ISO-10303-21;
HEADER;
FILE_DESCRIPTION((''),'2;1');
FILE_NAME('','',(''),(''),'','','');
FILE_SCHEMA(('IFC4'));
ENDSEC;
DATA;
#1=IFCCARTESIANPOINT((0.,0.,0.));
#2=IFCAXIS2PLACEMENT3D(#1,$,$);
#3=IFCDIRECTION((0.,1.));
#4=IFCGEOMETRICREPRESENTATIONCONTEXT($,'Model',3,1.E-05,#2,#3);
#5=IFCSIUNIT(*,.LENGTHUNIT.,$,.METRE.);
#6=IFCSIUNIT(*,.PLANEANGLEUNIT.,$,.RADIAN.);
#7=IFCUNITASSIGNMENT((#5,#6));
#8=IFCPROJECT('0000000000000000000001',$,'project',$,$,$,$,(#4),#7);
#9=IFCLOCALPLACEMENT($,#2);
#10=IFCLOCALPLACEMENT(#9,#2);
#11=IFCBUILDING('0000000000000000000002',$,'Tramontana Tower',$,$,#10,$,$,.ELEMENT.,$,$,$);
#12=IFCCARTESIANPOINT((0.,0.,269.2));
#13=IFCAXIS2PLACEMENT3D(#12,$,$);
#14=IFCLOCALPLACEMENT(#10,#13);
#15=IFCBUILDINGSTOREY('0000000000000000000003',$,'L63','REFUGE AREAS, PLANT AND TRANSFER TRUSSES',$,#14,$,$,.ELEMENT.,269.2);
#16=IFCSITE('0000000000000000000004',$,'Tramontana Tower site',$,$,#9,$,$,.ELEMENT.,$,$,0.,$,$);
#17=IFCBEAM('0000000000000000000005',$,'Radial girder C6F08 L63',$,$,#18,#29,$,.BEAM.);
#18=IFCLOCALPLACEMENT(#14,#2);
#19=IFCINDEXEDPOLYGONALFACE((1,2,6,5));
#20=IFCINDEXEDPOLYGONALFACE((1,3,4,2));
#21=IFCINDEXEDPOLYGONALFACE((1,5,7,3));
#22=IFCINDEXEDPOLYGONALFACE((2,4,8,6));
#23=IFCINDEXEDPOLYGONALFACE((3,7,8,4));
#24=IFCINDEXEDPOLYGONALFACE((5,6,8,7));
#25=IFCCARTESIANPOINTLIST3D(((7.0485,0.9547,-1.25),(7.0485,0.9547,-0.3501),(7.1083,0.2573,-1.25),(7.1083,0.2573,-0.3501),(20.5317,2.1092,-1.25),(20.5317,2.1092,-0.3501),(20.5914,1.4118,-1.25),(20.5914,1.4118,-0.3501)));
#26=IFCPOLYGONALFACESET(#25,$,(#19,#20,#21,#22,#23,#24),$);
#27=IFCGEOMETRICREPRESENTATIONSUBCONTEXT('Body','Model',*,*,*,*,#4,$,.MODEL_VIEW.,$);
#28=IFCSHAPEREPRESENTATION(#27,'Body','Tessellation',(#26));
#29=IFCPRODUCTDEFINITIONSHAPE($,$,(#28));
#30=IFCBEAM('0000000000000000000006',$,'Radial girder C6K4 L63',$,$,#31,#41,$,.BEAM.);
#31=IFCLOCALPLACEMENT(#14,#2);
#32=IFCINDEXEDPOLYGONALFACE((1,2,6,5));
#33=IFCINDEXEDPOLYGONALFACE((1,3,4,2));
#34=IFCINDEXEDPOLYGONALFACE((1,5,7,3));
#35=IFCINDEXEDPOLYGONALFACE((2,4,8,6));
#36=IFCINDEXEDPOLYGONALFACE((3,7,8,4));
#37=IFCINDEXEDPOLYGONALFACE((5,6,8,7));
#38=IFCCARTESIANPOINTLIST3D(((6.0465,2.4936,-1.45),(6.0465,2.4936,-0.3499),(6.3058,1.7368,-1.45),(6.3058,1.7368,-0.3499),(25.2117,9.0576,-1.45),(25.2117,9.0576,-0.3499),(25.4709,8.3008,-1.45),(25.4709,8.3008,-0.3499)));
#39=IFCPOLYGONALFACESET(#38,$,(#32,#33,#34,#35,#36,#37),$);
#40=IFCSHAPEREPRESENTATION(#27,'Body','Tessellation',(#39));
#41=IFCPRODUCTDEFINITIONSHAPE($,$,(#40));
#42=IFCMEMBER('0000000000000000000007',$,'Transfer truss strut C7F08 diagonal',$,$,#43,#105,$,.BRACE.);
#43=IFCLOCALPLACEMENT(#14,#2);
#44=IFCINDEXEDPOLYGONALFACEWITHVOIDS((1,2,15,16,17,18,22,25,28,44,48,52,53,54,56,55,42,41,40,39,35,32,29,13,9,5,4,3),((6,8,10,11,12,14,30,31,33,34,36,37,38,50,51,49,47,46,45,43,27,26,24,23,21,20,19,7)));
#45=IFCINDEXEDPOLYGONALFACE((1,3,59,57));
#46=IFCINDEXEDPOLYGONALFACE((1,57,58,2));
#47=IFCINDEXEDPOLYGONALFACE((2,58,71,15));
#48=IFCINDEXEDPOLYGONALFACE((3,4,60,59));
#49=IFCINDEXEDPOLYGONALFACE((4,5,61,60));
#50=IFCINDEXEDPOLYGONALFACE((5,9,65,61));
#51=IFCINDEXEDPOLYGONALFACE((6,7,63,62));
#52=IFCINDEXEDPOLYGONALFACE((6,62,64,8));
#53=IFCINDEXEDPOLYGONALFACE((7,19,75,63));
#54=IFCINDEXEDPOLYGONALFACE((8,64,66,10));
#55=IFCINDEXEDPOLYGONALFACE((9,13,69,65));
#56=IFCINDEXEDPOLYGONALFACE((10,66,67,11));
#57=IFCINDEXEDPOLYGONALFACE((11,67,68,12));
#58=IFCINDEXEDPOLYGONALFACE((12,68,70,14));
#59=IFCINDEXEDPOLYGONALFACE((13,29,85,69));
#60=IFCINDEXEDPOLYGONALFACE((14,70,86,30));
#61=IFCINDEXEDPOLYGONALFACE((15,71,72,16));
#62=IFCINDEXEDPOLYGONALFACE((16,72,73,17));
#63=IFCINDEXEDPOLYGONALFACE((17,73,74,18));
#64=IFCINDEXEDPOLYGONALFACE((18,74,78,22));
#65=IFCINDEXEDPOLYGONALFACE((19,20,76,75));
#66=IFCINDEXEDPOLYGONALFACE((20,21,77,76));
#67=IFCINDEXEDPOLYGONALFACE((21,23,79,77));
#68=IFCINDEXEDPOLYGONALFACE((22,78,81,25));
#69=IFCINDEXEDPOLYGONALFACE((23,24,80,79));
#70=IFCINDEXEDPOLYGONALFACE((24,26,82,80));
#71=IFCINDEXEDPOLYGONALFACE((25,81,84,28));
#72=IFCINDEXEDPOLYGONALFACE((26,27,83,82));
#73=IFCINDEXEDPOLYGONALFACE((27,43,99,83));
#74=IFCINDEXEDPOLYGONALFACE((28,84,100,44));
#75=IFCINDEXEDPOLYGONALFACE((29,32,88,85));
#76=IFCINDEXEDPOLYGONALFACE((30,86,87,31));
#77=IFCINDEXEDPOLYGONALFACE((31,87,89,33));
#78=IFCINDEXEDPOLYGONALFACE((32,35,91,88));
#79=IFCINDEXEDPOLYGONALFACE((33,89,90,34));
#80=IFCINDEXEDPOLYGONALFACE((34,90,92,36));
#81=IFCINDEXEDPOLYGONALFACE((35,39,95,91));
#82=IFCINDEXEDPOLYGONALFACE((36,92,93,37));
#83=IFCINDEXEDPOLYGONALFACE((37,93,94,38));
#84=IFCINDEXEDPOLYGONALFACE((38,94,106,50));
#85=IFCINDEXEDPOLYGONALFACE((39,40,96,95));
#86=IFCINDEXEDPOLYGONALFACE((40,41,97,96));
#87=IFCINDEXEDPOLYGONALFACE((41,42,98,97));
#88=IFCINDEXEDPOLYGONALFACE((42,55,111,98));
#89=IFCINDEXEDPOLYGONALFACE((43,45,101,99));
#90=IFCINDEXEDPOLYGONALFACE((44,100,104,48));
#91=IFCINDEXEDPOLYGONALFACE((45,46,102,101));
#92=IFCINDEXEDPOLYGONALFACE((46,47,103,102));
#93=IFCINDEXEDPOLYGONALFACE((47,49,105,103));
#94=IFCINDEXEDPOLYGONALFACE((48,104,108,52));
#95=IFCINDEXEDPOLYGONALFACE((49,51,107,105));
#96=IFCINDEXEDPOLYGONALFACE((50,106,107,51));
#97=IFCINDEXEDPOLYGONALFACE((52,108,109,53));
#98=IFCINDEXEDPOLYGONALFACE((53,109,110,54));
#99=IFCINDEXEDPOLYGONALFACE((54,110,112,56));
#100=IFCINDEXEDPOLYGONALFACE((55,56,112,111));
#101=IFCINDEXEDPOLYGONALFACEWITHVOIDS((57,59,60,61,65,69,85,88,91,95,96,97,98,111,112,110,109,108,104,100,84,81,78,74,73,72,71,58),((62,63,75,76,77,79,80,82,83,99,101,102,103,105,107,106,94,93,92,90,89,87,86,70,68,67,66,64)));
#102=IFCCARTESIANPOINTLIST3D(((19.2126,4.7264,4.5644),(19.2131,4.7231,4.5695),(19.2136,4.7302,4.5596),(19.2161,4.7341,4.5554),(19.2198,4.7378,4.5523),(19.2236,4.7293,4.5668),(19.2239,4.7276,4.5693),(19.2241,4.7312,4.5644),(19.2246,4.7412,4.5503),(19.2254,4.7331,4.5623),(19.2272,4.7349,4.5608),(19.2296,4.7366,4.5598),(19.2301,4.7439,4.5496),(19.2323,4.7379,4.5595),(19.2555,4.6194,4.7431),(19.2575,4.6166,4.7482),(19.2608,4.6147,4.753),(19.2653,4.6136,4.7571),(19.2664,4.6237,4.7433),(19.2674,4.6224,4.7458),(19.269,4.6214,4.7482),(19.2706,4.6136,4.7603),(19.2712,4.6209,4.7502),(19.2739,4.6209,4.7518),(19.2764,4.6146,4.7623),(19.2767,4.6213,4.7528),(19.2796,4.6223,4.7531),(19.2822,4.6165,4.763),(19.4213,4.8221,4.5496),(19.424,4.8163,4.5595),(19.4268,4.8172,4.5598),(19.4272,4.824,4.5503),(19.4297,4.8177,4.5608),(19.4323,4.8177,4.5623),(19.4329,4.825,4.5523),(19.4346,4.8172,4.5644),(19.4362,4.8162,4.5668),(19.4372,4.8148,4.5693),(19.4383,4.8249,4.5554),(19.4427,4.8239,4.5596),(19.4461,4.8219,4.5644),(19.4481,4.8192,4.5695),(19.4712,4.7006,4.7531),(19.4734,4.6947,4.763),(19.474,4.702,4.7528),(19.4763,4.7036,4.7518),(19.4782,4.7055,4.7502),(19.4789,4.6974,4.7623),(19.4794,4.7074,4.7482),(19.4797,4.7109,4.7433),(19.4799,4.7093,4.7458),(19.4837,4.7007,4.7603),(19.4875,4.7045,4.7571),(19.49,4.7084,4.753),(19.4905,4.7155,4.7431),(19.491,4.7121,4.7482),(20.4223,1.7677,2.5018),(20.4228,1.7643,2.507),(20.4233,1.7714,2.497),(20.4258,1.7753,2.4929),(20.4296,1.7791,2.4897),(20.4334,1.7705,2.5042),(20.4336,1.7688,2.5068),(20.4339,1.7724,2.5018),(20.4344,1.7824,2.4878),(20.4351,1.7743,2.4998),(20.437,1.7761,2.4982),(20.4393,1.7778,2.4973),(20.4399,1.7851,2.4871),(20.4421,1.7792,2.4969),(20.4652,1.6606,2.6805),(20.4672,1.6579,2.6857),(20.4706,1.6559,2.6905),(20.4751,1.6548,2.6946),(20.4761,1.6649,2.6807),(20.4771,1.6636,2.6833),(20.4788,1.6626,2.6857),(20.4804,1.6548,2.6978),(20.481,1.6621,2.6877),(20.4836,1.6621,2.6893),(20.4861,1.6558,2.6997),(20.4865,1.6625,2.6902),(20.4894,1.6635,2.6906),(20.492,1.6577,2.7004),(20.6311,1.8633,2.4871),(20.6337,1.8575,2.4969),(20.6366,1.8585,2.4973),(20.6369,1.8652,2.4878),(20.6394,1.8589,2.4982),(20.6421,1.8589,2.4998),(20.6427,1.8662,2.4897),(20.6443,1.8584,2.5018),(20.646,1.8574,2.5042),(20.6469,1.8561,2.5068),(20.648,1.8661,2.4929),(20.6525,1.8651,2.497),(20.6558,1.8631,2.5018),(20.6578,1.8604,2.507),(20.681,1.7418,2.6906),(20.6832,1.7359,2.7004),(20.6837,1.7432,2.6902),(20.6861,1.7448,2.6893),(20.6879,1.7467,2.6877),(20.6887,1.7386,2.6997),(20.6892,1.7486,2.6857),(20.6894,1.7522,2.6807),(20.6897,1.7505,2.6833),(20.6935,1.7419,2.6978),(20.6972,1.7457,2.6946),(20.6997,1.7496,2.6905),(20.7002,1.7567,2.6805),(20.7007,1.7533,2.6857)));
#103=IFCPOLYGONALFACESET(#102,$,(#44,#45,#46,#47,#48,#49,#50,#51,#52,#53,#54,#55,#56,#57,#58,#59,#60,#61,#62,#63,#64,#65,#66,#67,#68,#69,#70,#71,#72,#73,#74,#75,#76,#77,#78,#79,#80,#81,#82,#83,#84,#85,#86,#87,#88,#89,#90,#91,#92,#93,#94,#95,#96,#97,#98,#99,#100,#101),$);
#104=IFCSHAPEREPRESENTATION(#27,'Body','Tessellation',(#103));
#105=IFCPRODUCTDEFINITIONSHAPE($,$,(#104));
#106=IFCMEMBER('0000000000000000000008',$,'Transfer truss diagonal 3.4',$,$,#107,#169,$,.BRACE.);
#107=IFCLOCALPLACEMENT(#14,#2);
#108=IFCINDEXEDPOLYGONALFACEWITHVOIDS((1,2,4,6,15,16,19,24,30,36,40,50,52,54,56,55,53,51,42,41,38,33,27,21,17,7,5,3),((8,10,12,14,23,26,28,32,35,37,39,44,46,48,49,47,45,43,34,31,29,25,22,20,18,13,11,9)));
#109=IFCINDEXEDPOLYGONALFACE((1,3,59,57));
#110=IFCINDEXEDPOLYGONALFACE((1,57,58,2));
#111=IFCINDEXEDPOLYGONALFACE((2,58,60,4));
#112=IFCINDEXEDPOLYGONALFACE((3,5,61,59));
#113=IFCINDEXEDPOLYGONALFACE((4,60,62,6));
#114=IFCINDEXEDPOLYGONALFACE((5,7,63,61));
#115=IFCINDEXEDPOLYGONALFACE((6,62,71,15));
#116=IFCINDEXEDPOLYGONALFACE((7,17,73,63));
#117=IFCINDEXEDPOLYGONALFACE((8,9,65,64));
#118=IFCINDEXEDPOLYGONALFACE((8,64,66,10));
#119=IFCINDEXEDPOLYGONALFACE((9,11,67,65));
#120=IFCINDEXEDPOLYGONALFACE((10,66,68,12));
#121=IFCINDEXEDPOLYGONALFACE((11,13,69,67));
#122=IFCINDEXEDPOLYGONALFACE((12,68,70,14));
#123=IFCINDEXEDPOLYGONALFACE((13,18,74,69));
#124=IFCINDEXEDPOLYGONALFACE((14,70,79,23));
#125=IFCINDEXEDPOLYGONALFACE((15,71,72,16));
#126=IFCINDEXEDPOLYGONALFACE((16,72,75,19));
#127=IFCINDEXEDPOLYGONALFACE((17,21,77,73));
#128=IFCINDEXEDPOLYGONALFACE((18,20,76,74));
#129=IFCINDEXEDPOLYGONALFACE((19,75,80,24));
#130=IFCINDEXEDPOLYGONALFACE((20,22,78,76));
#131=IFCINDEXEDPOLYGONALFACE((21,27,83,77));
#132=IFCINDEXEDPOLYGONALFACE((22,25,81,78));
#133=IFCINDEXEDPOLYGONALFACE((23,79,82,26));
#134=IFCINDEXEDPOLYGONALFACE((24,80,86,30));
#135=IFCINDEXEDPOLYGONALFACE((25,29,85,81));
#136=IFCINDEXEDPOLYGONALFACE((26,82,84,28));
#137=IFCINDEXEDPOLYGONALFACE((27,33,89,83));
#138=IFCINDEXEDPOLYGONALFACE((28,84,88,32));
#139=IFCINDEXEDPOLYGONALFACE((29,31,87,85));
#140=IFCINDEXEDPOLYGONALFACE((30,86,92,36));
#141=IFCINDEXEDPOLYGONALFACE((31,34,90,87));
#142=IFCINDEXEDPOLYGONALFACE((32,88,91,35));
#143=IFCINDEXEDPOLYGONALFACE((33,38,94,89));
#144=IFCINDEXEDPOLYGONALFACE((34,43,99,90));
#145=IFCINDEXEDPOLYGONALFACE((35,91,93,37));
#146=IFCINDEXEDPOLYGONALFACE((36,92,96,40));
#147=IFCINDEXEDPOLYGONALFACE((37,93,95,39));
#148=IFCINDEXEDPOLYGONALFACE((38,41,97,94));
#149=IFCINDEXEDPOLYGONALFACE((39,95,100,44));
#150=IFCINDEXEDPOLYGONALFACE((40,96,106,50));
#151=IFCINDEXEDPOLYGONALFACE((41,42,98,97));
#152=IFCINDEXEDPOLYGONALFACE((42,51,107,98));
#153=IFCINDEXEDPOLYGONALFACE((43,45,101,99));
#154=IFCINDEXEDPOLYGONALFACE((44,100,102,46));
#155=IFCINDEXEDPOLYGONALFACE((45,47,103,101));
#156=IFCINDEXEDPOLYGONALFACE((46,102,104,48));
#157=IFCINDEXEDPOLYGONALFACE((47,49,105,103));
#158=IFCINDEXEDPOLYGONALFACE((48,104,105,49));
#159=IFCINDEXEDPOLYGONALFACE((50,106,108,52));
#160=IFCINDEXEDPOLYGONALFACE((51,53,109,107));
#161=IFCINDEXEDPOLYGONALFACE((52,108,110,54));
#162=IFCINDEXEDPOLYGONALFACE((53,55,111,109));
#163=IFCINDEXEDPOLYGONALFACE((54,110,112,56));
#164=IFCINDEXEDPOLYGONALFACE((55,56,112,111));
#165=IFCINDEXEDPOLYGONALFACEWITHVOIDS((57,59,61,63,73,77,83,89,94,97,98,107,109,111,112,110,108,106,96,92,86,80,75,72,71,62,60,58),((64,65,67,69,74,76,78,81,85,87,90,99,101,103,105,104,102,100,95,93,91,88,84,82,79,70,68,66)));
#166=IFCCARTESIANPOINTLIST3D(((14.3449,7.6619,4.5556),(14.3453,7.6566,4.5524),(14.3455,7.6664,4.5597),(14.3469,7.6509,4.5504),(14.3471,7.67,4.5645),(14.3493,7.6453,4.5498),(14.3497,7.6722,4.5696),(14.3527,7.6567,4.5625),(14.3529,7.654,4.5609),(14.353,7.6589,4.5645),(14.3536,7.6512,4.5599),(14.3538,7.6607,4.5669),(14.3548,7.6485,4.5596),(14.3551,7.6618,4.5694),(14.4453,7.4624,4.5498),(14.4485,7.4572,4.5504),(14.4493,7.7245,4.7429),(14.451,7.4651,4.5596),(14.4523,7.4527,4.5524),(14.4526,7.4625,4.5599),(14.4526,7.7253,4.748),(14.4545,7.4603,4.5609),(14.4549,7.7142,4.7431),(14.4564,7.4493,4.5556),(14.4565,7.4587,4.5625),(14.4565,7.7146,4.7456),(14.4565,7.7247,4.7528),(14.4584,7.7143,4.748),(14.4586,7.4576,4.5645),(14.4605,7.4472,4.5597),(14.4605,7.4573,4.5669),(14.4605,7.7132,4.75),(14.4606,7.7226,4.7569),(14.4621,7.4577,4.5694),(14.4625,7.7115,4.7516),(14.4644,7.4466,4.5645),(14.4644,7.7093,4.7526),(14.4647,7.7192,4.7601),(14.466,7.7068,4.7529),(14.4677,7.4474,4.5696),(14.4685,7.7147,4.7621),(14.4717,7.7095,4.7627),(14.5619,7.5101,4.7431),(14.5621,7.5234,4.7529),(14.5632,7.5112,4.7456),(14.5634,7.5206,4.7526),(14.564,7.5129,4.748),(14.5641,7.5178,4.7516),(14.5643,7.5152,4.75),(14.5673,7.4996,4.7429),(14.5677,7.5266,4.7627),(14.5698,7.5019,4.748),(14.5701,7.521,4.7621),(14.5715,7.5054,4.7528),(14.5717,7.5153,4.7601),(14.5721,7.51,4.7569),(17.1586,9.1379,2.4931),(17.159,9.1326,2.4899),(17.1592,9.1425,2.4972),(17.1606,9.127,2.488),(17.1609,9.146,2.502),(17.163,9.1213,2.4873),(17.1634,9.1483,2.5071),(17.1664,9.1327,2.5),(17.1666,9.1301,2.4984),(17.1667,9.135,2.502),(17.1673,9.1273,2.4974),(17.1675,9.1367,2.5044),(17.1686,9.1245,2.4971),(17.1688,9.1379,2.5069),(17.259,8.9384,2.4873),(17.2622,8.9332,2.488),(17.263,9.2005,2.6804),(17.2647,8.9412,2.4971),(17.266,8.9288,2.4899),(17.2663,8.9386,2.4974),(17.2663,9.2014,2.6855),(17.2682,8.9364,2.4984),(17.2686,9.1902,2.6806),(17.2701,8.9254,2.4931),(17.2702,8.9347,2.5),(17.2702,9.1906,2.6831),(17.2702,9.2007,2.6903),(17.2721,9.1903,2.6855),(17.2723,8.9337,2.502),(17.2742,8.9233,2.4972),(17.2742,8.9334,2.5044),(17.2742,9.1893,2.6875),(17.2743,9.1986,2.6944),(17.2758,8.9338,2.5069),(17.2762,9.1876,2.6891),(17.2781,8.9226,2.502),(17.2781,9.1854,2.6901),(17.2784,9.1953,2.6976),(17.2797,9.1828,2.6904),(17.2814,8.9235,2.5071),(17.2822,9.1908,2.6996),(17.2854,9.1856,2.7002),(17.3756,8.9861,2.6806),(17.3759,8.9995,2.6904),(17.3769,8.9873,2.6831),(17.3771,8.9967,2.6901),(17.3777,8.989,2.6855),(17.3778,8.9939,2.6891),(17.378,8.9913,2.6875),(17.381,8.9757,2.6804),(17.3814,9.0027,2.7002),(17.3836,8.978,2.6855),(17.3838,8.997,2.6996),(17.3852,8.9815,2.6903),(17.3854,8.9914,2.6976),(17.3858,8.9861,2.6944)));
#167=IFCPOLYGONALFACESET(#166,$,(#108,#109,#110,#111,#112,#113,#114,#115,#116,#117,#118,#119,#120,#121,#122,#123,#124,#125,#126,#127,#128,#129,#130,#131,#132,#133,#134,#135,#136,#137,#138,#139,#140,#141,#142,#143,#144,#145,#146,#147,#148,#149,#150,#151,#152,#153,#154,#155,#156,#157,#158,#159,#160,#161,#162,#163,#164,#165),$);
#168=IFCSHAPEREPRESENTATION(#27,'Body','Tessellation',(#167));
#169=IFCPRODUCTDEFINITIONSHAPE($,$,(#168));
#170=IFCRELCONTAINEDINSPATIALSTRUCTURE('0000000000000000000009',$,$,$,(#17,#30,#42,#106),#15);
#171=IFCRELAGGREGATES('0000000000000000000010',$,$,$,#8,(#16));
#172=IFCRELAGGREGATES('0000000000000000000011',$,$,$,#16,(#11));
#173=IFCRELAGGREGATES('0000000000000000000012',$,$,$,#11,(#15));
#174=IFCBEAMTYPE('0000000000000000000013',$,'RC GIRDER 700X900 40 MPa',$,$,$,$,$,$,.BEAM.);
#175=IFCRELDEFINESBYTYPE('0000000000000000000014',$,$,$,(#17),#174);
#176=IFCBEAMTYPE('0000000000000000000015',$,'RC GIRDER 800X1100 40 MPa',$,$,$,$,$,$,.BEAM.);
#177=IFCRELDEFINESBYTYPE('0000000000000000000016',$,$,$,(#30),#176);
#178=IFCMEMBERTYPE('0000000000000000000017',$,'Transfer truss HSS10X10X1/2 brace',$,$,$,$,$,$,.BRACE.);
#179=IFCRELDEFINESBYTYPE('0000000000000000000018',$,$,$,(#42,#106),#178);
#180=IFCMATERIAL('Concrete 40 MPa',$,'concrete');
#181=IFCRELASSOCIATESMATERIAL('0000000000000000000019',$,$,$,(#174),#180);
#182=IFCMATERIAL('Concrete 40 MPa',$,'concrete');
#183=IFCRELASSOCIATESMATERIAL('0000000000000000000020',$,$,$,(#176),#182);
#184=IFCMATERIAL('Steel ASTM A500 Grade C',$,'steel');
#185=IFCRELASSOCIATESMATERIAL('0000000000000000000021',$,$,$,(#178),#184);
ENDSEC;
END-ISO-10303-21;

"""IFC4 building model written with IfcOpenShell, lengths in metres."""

from ifc_helpers import new_model, si_unit, direction, frame, origin, origin_2d, place, context, subcontext, project, spatial, rectangle, hollow_rectangle, extrude, material, material_profile, profile_set, type_object, element, save


model = new_model("IFC4")

# Units and contexts
model_context = context("Model", 3, precision=1e-05, world=origin(), true_north=direction((0.0, 1.0)))
body_context = subcontext(model_context, "Body", "Model", "MODEL_VIEW")
ifc_project = project(units=[si_unit("LENGTHUNIT", "METRE"), si_unit("PLANEANGLEUNIT", "RADIAN")], contexts=[model_context])

# Site, building, storey
site_placement = place(None, origin())
site = spatial("IfcSite", under=ifc_project, at=site_placement, Name="Tramontana Tower site", CompositionType="ELEMENT", RefElevation=0.0)
building_placement = place(site_placement, origin())
building = spatial("IfcBuilding", under=site, at=building_placement, Name="Tramontana Tower", CompositionType="ELEMENT")
storey_placement = place(building_placement, frame((0.0, 0.0, 269.2)))
storey = spatial("IfcBuildingStorey", under=building, at=storey_placement, Name="L63", Description="REFUGE AREAS, PLANT AND TRANSFER TRUSSES", CompositionType="ELEMENT", Elevation=269.2)

# Beams
ifc_material_1 = material(Name="Concrete 40 MPa", Category="concrete")
ifc_material_profile_1 = material_profile(ifc_material_1, rectangle(XDim=0.7, YDim=0.8999, at=origin_2d()), Name="RC GIRDER 700X900 40 MPa")
ifc_profile_set_1 = profile_set([ifc_material_profile_1], Name="Concrete 40 MPa")
beam_type_1 = type_object("IfcBeamType", Name="RC GIRDER 700X900 40 MPa", PredefinedType="BEAM", material=ifc_profile_set_1)
beam_1_placement = place(storey_placement, frame((20.5615, 1.7605, -0.8), z_axis=(-0.996354, -0.085316, 0.0), x_axis=(0.085316, -0.996354, 0.0)))
element("IfcBeam", 1, at=beam_1_placement, inside=storey, type_object=beam_type_1, Name="Radial girder C6F08 L63", PredefinedType="BEAM", context=body_context, shape_type="SweptSolid", body=[
    extrude(rectangle(XDim=0.7, YDim=0.8999, at=origin_2d()), origin(), (0.0, 0.0, 1.0), 13.5325),
])
ifc_material_2 = material(Name="Concrete 40 MPa", Category="concrete")
ifc_material_profile_2 = material_profile(ifc_material_2, rectangle(XDim=0.8, YDim=1.1001, at=origin_2d()), Name="RC GIRDER 800X1100 40 MPa")
ifc_profile_set_2 = profile_set([ifc_material_profile_2], Name="Concrete 40 MPa")
beam_type_2 = type_object("IfcBeamType", Name="RC GIRDER 800X1100 40 MPa", PredefinedType="BEAM", material=ifc_profile_set_2)
beam_2_placement = place(storey_placement, frame((25.3413, 8.6792, -0.8999), z_axis=(-0.94605, -0.324019, 0.0), x_axis=(0.324019, -0.94605, 0.0)))
element("IfcBeam", 2, at=beam_2_placement, inside=storey, type_object=beam_type_2, Name="Radial girder C6K4 L63", PredefinedType="BEAM", context=body_context, shape_type="SweptSolid", body=[
    extrude(rectangle(XDim=0.8, YDim=1.1001, at=origin_2d()), origin(), (0.0, 0.0, 1.0), 20.2581),
])

# Members
ifc_material_3 = material(Name="Steel ASTM A500 Grade C", Category="steel")
ifc_material_profile_3 = material_profile(ifc_material_3, hollow_rectangle(XDim=0.2539, YDim=0.2539, WallThickness=0.0117, InnerFilletRadius=0.0117, OuterFilletRadius=0.0237, at=origin_2d()), Name="HSS10X10X1/2")
ifc_profile_set_3 = profile_set([ifc_material_profile_3], Name="Steel ASTM A500 Grade C")
member_type_1 = type_object("IfcMemberType", Name="Transfer truss HSS10X10X1/2 brace", PredefinedType="BRACE", material=ifc_profile_set_3)
member_1_placement = place(storey_placement, frame((20.5615, 1.7605, 2.5938), z_axis=(-0.318, 0.777769, 0.542173), x_axis=(-0.925621, -0.378451, 0.0)))
element("IfcMember", 3, at=member_1_placement, inside=storey, type_object=member_type_1, Name="Transfer truss strut C7F08 diagonal", PredefinedType="BRACE", context=body_context, shape_type="SweptSolid", body=[
    extrude(hollow_rectangle(XDim=0.2539, YDim=0.2539, WallThickness=0.0117, InnerFilletRadius=0.0117, OuterFilletRadius=0.0237, at=origin_2d()), origin(), (0.0, 0.0, 1.0), 3.8042),
])
for number, where, z_axis, x_axis, name in (
    (4, (14.4585, 7.5859, 4.6562), (0.742778, 0.389661, -0.544468), (-0.464555, 0.885544, 0.0), "Transfer truss diagonal 3.4"),
):
    element("IfcMember", number, at=place(storey_placement, frame(where, z_axis=z_axis, x_axis=x_axis)), inside=storey, type_object=member_type_1, Name=name, PredefinedType="BRACE", context=body_context, shape_type="SweptSolid", body=[
        extrude(hollow_rectangle(XDim=0.2539, YDim=0.2539, WallThickness=0.0117, InnerFilletRadius=0.0117, OuterFilletRadius=0.0237, at=origin_2d()), origin(), (0.0, 0.0, 1.0), 3.7881),
    ])

save(model, "model.ifc")
